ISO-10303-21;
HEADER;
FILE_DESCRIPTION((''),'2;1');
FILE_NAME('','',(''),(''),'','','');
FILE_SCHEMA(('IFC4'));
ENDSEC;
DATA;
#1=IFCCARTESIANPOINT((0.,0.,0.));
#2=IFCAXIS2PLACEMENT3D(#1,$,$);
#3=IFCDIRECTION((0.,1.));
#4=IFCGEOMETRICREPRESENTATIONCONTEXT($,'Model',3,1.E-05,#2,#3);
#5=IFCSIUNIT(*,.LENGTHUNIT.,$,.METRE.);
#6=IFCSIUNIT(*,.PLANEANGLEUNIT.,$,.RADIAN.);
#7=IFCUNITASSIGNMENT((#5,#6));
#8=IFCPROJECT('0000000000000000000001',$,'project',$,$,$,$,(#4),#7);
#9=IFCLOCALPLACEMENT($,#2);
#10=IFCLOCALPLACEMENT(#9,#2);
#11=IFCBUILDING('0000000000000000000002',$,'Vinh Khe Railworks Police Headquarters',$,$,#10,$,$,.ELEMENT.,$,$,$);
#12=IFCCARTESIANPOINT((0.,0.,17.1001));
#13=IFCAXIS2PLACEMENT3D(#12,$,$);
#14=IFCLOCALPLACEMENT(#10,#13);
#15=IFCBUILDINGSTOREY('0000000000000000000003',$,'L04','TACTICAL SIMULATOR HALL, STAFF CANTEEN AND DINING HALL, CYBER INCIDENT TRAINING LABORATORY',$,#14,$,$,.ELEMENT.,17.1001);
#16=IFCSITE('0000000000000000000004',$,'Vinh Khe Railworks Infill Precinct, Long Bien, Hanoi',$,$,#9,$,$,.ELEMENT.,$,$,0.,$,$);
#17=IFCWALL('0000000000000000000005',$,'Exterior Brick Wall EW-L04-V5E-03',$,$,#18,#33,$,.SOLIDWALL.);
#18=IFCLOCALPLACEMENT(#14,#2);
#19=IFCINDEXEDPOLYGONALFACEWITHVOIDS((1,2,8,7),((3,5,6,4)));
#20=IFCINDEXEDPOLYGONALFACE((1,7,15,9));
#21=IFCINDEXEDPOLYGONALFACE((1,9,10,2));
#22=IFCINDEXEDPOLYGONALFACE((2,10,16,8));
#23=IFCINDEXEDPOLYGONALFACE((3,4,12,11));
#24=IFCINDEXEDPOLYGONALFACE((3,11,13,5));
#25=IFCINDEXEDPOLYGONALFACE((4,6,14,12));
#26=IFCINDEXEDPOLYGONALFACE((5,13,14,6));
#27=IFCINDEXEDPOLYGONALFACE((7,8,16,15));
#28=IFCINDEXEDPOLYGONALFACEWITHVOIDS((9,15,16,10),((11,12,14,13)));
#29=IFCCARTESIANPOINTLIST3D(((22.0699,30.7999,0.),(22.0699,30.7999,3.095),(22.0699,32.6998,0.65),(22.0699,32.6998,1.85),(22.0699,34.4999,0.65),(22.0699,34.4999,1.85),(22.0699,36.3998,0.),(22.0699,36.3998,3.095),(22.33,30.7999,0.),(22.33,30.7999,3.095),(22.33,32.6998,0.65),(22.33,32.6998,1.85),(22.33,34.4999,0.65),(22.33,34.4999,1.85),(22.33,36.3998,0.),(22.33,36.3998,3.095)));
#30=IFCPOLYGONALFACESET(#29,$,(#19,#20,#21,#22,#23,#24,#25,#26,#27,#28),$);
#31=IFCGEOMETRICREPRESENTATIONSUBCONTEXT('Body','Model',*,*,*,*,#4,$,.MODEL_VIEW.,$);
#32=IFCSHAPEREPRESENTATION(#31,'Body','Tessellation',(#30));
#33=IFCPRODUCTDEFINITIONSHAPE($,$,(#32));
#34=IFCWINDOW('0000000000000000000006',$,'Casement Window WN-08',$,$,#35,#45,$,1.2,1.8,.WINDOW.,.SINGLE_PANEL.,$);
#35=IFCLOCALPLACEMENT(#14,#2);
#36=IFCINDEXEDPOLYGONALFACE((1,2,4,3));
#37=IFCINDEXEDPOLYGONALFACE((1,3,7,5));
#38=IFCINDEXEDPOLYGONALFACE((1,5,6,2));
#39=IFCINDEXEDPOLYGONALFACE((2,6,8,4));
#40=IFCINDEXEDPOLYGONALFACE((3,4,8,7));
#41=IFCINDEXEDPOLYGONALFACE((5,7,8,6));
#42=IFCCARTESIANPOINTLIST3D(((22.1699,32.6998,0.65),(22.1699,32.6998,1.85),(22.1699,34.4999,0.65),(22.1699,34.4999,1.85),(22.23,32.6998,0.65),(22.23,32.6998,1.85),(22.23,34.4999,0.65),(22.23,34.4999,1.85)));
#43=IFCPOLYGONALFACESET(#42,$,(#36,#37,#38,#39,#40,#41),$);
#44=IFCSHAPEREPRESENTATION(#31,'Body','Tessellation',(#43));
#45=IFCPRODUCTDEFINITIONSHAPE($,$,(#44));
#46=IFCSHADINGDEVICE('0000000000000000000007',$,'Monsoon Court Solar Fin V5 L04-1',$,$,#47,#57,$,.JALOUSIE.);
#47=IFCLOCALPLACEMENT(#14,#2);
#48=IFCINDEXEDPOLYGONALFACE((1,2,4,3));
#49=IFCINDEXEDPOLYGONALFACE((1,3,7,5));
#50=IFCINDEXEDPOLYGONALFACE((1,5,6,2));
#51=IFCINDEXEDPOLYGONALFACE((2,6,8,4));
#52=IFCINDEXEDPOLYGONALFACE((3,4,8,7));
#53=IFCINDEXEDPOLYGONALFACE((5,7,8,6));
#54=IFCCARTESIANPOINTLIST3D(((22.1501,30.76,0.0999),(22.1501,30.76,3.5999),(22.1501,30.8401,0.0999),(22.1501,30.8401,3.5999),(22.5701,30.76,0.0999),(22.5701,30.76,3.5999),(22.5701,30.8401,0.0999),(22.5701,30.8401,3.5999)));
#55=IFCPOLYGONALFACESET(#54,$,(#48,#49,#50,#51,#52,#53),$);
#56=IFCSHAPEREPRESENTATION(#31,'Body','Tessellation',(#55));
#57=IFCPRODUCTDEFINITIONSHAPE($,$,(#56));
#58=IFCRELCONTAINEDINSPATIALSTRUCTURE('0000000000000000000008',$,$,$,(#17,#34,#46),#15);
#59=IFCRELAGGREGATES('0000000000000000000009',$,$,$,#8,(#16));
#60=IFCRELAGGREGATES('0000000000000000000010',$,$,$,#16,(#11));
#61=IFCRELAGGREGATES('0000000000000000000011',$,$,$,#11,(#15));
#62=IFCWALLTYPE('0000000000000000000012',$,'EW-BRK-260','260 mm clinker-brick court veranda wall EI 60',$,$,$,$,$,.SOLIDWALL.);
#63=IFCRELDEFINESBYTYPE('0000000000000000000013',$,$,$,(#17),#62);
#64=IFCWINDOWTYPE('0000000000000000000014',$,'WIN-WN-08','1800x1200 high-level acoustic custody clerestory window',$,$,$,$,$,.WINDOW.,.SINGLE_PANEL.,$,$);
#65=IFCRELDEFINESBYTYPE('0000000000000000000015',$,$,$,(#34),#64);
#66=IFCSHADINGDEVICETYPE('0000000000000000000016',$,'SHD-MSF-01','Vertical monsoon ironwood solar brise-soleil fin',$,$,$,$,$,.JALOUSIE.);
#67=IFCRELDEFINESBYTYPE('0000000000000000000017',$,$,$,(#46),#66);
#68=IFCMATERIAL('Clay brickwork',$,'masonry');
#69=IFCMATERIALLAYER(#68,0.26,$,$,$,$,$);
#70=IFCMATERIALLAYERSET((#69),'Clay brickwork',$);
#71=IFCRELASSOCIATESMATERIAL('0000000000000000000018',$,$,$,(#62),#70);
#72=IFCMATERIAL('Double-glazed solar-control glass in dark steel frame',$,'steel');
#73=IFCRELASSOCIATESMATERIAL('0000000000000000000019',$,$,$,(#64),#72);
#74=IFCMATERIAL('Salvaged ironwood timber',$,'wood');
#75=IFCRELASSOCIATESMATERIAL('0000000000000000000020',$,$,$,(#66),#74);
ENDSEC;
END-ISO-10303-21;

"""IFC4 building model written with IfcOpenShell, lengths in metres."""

from ifc_helpers import new_model, si_unit, direction, frame, frame_2d, origin, origin_2d, place, context, subcontext, project, spatial, rectangle, extrude, material, layer, layer_set, type_object, element, fill, save


model = new_model("IFC4")

# Units and contexts
model_context = context("Model", 3, precision=1e-05, world=origin(), true_north=direction((0.0, 1.0)))
body_context = subcontext(model_context, "Body", "Model", "MODEL_VIEW")
ifc_project = project(units=[si_unit("LENGTHUNIT", "METRE"), si_unit("PLANEANGLEUNIT", "RADIAN")], contexts=[model_context])

# Site, building, storey
site_placement = place(None, origin())
site = spatial("IfcSite", under=ifc_project, at=site_placement, Name="Vinh Khe Railworks Infill Precinct, Long Bien, Hanoi", CompositionType="ELEMENT", RefElevation=0.0)
building_placement = place(site_placement, origin())
building = spatial("IfcBuilding", under=site, at=building_placement, Name="Vinh Khe Railworks Police Headquarters", CompositionType="ELEMENT")
storey_placement = place(building_placement, frame((0.0, 0.0, 17.1001)))
storey = spatial("IfcBuildingStorey", under=building, at=storey_placement, Name="L04", Description="TACTICAL SIMULATOR HALL, STAFF CANTEEN AND DINING HALL, CYBER INCIDENT TRAINING LABORATORY", CompositionType="ELEMENT", Elevation=17.1001)

# Wall, opening, window
ifc_material_1 = material(Name="Clay brickwork", Category="masonry")
ifc_layer = layer(ifc_material_1, 0.26)
ifc_layer_set = layer_set([ifc_layer], Name="Clay brickwork")
wall_type = type_object("IfcWallType", Name="EW-BRK-260", Description="260 mm clinker-brick court veranda wall EI 60", PredefinedType="SOLIDWALL", material=ifc_layer_set)
ifc_material_2 = material(Name="Double-glazed solar-control glass in dark steel frame", Category="steel")
window_type = type_object("IfcWindowType", Name="WIN-WN-08", Description="1800x1200 high-level acoustic custody clerestory window", PartitioningType="SINGLE_PANEL", PredefinedType="WINDOW", material=ifc_material_2)
wall_1_placement = place(storey_placement, frame((22.2, 30.8, 0.0), z_axis=(0.0, 0.0, 1.0), x_axis=(0.0, 1.0, 0.0)))
wall_1 = element("IfcWall", 1, at=wall_1_placement, inside=storey, type_object=wall_type, Name="Exterior Brick Wall EW-L04-V5E-03", PredefinedType="SOLIDWALL", context=body_context, shape_type="SweptSolid", body=[
    extrude(rectangle(XDim=5.5999, YDim=0.26, at=frame_2d((2.7998, 0.0))), origin(), (0.0, 0.0, 1.0), 3.095),
])
opening_1_placement = place(wall_1_placement, frame((1.8999, 0.0, 0.6499)))
opening_1 = element("IfcOpeningElement", 2, at=opening_1_placement, cuts=wall_1, PredefinedType="OPENING", context=body_context, shape_type="SweptSolid", body=[
    extrude(rectangle(XDim=1.8, YDim=1.2, at=frame_2d((0.8999, 0.6001))), frame((0.0, 0.145, 0.0), z_axis=(0.0, -1.0, 0.0), x_axis=(1.0, 0.0, 0.0)), (0.0, 0.0, 1.0), 0.2898),
])
window_1_placement = place(opening_1_placement, origin())
window_1 = element("IfcWindow", 3, at=window_1_placement, inside=storey, type_object=window_type, Name="Casement Window WN-08", OverallHeight=1.2, OverallWidth=1.8, PartitioningType="SINGLE_PANEL", PredefinedType="WINDOW", context=body_context, shape_type="SweptSolid", body=[
    extrude(rectangle(XDim=1.8, YDim=1.2, at=frame_2d((0.8999, 0.6001))), frame((0.0, 0.03, 0.0), z_axis=(0.0, -1.0, 0.0), x_axis=(1.0, 0.0, 0.0)), (0.0, 0.0, 1.0), 0.0601),
])
fill(opening_1, window_1)

# Shading device
ifc_material_3 = material(Name="Salvaged ironwood timber", Category="wood")
shading_device_type = type_object("IfcShadingDeviceType", Name="SHD-MSF-01", Description="Vertical monsoon ironwood solar brise-soleil fin", PredefinedType="JALOUSIE", material=ifc_material_3)
shading_device_placement = place(storey_placement, frame((22.3601, 30.8, 0.0999), z_axis=(0.0, 0.0, 1.0), x_axis=(1.0, 0.0, 0.0)))
element("IfcShadingDevice", 4, at=shading_device_placement, inside=storey, type_object=shading_device_type, Name="Monsoon Court Solar Fin V5 L04-1", PredefinedType="JALOUSIE", context=body_context, shape_type="SweptSolid", body=[
    extrude(rectangle(XDim=0.4199, YDim=0.0801, at=origin_2d()), origin(), (0.0, 0.0, 1.0), 3.5),
])

save(model, "model.ifc")
